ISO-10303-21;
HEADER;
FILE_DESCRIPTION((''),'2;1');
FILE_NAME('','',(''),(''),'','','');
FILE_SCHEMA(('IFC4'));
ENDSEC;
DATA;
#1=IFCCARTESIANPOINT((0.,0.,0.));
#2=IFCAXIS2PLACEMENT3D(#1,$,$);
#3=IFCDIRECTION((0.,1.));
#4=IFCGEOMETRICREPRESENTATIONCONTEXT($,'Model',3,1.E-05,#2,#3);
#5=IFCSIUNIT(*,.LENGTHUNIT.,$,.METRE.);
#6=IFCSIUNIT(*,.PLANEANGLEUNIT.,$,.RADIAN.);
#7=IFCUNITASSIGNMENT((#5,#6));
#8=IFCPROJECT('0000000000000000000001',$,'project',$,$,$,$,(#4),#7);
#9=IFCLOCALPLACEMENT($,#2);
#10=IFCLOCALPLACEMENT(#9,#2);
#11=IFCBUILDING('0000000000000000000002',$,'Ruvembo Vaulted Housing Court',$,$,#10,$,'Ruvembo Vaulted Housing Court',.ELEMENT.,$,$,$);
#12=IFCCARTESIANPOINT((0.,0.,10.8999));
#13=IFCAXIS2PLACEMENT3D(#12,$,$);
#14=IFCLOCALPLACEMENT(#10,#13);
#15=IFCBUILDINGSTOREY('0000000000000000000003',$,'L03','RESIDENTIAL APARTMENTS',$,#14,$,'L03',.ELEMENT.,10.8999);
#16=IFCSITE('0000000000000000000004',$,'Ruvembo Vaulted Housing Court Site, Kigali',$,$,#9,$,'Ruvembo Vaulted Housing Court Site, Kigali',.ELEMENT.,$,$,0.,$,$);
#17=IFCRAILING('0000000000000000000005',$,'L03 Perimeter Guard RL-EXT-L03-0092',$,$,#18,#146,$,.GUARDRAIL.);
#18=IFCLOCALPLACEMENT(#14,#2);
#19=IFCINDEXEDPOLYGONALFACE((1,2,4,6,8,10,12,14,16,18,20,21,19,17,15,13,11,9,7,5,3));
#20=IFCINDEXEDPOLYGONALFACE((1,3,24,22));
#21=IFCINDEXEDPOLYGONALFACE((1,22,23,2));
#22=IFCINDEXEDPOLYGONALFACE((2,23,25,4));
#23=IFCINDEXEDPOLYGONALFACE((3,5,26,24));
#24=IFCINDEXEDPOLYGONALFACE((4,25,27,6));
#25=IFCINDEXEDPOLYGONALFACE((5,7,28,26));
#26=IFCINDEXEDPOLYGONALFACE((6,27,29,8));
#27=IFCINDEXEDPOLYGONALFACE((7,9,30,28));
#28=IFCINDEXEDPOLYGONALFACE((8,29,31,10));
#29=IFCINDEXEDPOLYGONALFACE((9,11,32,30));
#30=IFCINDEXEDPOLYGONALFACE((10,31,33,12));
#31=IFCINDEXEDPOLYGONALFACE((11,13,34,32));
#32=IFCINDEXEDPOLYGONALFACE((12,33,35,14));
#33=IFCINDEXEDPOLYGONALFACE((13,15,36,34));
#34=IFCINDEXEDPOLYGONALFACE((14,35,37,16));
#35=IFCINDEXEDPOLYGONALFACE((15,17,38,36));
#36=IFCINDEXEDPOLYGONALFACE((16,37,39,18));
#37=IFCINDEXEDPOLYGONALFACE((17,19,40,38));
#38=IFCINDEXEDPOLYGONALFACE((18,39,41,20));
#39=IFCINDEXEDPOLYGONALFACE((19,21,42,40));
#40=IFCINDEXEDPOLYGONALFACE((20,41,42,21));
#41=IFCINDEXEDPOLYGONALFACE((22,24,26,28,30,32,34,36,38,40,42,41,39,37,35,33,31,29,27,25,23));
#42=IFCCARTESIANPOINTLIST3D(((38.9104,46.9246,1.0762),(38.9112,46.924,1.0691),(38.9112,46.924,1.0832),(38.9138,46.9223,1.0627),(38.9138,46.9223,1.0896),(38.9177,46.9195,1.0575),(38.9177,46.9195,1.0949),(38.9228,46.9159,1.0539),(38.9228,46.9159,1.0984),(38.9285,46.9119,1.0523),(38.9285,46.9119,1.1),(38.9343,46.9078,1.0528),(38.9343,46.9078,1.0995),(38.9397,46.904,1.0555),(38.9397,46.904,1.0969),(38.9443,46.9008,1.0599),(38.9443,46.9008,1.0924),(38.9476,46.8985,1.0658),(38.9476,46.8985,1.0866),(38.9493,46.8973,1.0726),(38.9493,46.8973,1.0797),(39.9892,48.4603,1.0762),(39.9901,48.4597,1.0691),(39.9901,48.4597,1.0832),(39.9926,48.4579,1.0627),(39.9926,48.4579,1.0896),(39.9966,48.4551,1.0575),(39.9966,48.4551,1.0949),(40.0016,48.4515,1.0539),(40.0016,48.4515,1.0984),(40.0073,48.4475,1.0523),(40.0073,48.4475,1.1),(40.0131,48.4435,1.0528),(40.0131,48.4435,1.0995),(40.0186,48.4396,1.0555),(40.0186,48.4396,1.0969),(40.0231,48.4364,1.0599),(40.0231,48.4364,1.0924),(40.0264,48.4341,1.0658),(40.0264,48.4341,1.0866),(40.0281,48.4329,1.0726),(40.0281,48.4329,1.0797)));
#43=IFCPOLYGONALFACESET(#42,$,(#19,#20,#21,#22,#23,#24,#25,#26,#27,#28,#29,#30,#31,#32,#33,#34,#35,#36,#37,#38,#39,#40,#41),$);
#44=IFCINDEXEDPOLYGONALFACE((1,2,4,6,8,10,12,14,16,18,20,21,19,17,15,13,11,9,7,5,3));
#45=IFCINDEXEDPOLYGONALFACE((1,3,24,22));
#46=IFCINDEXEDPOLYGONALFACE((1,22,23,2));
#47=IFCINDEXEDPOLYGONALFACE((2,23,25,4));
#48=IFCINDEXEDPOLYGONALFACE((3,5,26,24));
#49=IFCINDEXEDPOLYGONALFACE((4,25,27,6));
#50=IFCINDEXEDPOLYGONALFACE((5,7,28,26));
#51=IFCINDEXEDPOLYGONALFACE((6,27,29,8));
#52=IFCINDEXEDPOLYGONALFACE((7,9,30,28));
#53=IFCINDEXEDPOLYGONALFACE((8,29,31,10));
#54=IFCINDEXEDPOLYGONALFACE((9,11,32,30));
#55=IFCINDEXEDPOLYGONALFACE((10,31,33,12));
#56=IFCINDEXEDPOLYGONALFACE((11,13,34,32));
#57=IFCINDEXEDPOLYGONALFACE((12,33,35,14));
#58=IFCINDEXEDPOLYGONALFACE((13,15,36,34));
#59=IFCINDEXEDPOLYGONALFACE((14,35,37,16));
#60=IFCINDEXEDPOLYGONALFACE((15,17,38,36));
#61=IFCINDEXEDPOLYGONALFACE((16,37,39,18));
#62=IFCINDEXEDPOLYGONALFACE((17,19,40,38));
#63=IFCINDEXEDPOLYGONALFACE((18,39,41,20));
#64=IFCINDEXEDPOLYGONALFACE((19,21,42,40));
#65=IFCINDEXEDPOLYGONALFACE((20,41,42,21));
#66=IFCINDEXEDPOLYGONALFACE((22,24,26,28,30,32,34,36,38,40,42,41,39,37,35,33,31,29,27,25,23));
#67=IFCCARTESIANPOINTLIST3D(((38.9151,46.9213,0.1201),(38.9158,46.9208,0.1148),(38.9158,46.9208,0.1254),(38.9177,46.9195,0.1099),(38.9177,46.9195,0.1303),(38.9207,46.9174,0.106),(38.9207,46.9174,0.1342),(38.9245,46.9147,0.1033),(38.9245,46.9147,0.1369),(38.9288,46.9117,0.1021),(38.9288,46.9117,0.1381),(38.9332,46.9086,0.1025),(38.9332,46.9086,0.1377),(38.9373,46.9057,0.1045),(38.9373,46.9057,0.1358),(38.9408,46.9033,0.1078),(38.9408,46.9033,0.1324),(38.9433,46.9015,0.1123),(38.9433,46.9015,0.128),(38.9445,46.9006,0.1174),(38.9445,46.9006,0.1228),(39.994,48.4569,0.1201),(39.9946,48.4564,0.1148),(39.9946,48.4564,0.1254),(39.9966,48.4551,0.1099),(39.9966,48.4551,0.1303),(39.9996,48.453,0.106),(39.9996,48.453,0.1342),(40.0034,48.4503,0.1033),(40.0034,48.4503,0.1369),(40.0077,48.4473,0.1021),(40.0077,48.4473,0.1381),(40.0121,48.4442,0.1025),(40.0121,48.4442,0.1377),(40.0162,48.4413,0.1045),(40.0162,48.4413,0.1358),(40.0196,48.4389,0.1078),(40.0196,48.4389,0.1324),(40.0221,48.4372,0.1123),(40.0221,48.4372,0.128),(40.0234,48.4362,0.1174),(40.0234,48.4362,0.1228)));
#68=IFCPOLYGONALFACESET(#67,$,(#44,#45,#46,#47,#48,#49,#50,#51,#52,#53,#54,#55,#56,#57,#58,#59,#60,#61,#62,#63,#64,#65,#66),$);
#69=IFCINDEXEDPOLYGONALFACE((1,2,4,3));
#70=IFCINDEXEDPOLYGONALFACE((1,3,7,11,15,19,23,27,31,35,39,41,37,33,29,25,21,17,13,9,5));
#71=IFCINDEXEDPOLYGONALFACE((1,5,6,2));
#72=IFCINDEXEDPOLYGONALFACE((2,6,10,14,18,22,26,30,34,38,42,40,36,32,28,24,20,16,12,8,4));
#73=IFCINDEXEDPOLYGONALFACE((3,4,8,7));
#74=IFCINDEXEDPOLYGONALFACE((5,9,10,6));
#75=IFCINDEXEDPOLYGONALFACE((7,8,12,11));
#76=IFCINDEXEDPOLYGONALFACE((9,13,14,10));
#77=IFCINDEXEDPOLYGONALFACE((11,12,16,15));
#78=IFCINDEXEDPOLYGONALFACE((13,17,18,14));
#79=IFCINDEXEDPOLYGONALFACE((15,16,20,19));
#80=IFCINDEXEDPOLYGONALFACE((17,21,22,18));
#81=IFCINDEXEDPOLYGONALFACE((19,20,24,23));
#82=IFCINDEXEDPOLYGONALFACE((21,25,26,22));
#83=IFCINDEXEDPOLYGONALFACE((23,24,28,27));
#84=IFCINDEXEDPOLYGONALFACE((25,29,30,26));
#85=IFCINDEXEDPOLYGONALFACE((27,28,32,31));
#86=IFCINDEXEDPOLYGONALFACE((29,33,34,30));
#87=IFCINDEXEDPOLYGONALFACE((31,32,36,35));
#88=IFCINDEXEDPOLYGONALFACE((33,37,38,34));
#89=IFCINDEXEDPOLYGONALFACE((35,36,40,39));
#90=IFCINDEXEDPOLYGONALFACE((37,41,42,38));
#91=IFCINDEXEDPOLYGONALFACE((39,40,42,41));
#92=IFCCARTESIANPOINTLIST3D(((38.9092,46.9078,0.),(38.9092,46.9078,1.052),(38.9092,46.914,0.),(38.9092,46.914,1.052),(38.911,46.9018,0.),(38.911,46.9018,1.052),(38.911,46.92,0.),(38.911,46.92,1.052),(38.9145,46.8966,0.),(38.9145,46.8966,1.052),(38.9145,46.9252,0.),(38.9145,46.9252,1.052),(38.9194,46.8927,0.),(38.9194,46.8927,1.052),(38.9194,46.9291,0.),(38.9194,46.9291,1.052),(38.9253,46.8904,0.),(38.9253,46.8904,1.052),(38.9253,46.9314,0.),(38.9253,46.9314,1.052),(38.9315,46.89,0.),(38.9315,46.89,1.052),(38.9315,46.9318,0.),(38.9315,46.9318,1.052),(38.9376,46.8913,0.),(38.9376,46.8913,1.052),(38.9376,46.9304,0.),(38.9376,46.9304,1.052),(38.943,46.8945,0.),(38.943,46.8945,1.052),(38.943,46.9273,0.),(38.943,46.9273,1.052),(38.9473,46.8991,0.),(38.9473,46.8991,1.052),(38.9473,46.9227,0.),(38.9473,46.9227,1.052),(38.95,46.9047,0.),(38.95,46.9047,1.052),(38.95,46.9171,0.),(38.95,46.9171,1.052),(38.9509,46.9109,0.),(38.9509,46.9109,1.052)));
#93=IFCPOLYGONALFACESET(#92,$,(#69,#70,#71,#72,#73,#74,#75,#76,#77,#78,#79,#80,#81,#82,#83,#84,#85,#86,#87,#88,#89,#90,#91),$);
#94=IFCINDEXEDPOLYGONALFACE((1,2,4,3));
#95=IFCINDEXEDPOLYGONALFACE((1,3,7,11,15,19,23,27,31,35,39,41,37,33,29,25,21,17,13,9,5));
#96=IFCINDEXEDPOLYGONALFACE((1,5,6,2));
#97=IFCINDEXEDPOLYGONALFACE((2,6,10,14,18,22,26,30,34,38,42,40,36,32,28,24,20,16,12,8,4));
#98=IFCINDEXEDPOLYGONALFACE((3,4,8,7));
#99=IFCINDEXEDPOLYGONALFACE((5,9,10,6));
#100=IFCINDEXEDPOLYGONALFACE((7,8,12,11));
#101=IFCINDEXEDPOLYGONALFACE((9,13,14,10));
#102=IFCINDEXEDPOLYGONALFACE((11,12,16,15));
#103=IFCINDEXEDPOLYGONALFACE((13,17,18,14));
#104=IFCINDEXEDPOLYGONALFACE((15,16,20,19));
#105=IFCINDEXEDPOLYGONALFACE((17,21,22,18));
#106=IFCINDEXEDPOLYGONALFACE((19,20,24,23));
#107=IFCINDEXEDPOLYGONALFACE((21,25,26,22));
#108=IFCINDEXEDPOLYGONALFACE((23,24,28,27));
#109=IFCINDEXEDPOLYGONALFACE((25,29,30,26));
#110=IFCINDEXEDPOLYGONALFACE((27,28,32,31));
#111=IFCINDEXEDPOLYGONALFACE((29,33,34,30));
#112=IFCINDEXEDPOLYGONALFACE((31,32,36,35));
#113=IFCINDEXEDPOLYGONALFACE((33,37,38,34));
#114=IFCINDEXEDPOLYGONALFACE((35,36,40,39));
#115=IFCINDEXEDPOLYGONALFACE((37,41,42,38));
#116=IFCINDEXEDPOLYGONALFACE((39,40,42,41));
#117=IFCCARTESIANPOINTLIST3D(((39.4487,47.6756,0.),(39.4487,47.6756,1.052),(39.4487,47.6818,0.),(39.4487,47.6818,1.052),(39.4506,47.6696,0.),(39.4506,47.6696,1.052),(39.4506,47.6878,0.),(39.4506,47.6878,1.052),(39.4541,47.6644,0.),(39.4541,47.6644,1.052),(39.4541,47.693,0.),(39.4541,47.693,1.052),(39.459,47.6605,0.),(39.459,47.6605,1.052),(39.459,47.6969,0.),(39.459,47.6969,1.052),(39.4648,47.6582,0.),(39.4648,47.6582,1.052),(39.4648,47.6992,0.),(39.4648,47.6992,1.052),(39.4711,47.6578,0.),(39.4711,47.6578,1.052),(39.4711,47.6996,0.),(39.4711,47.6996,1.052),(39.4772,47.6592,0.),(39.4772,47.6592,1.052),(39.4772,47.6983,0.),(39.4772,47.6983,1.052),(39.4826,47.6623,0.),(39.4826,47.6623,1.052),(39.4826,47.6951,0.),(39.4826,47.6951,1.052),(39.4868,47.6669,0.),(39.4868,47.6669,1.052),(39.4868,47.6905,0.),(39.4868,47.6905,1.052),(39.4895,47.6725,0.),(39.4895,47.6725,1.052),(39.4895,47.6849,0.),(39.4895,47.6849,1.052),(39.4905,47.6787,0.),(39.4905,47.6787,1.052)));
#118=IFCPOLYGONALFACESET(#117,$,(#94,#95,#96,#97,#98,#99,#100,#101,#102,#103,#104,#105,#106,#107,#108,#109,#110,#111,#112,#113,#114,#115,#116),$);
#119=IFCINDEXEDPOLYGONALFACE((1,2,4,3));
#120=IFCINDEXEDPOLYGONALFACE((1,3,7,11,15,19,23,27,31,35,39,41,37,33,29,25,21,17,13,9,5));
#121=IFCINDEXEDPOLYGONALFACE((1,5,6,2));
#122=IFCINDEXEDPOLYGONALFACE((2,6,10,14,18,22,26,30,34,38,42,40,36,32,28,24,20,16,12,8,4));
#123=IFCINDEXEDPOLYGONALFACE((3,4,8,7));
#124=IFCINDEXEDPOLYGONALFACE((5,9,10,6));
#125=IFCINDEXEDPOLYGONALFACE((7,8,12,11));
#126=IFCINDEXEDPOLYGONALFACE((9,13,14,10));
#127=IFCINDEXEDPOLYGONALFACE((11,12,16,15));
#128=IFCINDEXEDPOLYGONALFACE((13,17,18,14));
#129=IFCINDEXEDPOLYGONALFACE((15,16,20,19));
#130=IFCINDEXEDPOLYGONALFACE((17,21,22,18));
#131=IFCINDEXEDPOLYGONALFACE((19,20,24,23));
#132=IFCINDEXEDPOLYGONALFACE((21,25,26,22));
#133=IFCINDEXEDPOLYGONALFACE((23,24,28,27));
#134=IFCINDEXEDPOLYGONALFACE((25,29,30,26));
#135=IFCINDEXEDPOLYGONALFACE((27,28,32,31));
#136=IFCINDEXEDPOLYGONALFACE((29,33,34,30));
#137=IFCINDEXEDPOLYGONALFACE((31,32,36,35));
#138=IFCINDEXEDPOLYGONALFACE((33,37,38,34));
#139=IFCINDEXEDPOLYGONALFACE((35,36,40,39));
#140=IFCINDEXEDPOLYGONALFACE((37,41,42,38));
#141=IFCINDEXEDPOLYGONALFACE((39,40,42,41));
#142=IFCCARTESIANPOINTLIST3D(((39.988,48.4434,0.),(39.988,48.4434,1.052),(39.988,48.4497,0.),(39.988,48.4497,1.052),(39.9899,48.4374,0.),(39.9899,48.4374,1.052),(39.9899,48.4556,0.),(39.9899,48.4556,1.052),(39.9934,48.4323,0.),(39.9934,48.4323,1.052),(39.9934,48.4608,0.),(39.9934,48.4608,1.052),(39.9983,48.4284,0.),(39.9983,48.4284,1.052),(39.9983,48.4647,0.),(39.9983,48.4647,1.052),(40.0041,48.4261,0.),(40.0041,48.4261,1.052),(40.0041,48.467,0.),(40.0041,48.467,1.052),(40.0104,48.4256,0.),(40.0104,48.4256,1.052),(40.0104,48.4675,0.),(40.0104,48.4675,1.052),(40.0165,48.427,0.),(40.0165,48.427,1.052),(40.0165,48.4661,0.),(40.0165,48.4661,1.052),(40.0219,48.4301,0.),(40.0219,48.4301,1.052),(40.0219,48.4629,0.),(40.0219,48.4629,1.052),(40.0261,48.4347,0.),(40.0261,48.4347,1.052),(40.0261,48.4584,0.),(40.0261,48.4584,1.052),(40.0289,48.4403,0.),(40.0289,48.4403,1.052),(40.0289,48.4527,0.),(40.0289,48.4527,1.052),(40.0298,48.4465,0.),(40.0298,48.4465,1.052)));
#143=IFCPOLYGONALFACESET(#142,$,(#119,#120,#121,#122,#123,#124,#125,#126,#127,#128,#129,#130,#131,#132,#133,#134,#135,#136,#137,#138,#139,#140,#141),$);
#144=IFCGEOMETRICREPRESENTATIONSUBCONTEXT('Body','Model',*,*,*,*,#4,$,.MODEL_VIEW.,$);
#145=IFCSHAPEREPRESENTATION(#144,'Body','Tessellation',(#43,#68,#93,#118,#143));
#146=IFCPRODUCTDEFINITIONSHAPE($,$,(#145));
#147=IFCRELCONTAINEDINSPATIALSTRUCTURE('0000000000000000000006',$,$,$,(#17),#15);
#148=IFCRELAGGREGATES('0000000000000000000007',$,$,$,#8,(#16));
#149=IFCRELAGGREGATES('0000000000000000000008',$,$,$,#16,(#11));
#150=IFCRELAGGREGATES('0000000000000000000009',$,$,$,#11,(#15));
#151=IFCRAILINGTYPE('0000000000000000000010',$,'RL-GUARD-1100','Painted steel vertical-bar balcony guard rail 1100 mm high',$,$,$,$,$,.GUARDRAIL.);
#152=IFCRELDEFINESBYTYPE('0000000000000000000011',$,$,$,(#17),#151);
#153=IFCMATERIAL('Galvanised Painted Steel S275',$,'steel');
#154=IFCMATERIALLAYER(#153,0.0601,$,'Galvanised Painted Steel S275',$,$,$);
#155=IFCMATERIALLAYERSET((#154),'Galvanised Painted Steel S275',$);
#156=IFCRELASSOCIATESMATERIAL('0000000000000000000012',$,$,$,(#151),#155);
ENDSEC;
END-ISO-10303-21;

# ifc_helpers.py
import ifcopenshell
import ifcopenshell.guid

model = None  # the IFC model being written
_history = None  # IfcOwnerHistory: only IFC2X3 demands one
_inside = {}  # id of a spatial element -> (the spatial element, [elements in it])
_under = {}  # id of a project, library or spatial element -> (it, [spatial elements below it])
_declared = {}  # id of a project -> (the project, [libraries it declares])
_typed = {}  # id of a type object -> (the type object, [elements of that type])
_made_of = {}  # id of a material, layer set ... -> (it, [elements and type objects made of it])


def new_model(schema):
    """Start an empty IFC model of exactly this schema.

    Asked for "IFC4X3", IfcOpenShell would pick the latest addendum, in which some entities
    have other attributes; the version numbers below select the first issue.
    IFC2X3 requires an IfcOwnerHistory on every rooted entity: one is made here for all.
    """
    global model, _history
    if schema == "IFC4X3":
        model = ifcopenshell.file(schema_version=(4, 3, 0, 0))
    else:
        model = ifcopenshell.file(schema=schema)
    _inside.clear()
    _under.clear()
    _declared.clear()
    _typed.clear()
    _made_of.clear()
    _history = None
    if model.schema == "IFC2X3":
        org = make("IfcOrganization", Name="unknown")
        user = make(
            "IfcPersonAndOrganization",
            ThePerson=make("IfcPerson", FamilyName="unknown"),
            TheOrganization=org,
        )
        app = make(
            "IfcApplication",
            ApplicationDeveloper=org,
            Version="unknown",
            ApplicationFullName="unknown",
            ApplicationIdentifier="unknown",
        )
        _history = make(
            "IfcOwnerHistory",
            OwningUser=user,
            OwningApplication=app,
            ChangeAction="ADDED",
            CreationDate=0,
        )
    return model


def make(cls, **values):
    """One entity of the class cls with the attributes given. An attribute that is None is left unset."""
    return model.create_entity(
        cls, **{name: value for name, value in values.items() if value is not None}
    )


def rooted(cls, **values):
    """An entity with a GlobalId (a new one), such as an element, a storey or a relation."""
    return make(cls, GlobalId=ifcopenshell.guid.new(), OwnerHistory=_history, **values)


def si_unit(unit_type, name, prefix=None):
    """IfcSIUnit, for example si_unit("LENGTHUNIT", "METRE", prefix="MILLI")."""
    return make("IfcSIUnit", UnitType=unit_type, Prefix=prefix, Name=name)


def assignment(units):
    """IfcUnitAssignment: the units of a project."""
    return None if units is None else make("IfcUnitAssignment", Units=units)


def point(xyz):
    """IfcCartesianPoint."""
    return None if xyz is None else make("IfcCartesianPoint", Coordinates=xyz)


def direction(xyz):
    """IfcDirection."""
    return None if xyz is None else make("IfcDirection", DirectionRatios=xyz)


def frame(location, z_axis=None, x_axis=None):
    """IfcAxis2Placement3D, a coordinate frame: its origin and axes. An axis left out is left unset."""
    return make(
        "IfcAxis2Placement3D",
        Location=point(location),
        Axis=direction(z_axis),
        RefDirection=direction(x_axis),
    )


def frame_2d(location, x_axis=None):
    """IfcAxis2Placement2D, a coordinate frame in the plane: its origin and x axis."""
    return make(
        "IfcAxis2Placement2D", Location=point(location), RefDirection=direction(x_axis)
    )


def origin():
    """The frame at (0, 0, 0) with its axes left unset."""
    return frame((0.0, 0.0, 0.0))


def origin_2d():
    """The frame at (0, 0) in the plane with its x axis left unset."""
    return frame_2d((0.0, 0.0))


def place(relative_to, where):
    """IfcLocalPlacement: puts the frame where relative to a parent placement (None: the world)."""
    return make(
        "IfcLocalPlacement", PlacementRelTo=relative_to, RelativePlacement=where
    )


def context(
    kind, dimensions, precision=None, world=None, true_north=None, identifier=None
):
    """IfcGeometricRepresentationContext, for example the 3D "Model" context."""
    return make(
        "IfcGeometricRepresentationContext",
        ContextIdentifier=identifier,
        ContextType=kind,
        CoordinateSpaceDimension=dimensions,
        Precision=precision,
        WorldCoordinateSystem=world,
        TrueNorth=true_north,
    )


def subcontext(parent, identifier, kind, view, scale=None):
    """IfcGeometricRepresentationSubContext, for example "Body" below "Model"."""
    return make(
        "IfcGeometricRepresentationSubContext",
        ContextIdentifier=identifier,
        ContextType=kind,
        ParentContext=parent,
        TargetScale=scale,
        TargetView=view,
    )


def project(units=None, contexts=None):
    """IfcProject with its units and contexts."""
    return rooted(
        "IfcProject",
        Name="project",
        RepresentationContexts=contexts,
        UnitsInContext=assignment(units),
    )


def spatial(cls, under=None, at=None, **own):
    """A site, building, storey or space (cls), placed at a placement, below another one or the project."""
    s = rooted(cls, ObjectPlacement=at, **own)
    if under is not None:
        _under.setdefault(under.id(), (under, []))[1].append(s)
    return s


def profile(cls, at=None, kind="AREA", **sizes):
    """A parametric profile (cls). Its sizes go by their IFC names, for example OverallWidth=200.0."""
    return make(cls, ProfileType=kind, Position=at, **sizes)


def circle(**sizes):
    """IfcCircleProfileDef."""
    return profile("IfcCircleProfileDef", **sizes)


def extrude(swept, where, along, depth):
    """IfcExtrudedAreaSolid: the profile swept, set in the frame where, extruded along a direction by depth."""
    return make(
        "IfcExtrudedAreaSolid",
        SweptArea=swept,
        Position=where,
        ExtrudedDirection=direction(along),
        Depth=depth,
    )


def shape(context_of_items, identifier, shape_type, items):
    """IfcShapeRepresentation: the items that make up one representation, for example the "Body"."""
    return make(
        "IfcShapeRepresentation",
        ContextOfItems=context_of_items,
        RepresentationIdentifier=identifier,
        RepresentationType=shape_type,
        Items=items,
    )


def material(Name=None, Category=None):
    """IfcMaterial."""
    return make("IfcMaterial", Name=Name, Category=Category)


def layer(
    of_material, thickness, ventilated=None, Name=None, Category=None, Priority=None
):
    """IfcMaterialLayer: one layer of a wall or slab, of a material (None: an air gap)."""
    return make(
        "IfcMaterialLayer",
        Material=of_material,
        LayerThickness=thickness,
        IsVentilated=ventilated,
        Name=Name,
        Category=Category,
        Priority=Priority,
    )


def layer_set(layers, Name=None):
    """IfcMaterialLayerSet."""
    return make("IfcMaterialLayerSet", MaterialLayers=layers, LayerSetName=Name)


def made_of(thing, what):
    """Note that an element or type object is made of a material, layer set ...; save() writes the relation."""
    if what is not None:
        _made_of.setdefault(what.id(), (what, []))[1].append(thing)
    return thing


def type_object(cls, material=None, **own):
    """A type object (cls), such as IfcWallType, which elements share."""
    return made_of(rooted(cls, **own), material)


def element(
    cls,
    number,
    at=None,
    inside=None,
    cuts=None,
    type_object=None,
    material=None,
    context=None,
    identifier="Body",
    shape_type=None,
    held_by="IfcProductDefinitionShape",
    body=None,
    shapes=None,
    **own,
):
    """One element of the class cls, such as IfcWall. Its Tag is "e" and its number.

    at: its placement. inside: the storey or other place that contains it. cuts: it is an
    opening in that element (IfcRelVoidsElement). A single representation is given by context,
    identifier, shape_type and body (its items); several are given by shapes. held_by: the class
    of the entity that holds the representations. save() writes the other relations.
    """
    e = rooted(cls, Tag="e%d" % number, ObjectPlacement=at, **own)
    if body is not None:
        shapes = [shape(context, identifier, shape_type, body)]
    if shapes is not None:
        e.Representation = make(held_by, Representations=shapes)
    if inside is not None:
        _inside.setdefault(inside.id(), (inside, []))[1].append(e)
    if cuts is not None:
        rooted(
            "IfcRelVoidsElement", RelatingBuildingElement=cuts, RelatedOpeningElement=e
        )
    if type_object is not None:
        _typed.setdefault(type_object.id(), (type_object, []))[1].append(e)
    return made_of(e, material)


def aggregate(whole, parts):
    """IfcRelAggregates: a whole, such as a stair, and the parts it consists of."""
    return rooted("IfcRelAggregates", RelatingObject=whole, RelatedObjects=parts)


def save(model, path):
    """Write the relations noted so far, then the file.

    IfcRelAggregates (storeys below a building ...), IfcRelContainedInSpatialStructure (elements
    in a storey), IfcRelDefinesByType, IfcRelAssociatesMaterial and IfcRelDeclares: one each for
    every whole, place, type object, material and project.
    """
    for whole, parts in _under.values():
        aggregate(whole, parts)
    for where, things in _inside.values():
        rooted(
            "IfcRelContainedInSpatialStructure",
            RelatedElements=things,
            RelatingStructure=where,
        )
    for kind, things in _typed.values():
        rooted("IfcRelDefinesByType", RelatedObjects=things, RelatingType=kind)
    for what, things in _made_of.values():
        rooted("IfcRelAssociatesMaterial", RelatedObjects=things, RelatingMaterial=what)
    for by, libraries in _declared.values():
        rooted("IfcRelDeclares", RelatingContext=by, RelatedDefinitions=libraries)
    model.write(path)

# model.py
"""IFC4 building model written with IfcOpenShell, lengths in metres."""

from ifc_helpers import new_model, si_unit, direction, frame, origin, origin_2d, place, context, subcontext, project, spatial, circle, extrude, material, layer, layer_set, type_object, element, save


model = new_model("IFC4")

# Units and contexts
model_context = context("Model", 3, precision=1e-05, world=origin(), true_north=direction((0.0, 1.0)))
body_context = subcontext(model_context, "Body", "Model", "MODEL_VIEW")
ifc_project = project(units=[si_unit("LENGTHUNIT", "METRE"), si_unit("PLANEANGLEUNIT", "RADIAN")], contexts=[model_context])

# Site, building, storey
site_placement = place(None, origin())
site = spatial("IfcSite", under=ifc_project, at=site_placement, Name="Ruvembo Vaulted Housing Court Site, Kigali", LongName="Ruvembo Vaulted Housing Court Site, Kigali", CompositionType="ELEMENT", RefElevation=0.0)
building_placement = place(site_placement, origin())
building = spatial("IfcBuilding", under=site, at=building_placement, Name="Ruvembo Vaulted Housing Court", LongName="Ruvembo Vaulted Housing Court", CompositionType="ELEMENT")
storey_placement = place(building_placement, frame((0.0, 0.0, 10.8999)))
storey = spatial("IfcBuildingStorey", under=building, at=storey_placement, Name="L03", Description="RESIDENTIAL APARTMENTS", LongName="L03", CompositionType="ELEMENT", Elevation=10.8999)

# Railing
ifc_material_1 = material(Name="Galvanised Painted Steel S275", Category="steel")
ifc_layer = layer(ifc_material_1, 0.0601, Name="Galvanised Painted Steel S275")
ifc_layer_set = layer_set([ifc_layer], Name="Galvanised Painted Steel S275")
railing_type = type_object("IfcRailingType", Name="RL-GUARD-1100", Description="Painted steel vertical-bar balcony guard rail 1100 mm high", PredefinedType="GUARDRAIL", material=ifc_layer_set)
railing_1_placement = place(storey_placement, frame((38.9299, 46.9109, 0.0)))
element("IfcRailing", 1, at=railing_1_placement, inside=storey, type_object=railing_type, Name="L03 Perimeter Guard RL-EXT-L03-0092", PredefinedType="GUARDRAIL", context=body_context, shape_type="SweptSolid", body=[
    extrude(circle(Radius=0.0239, at=origin_2d()), frame((0.0, 0.0, 1.0762), z_axis=(0.574858, 0.818253, 0.0), x_axis=(-0.818253, 0.574858, 0.0)), (0.0, 0.0, 1.0), 1.8767),
    extrude(circle(Radius=0.0181, at=origin_2d()), frame((0.0, 0.0, 0.1201), z_axis=(0.574858, 0.818253, 0.0), x_axis=(-0.818253, 0.574858, 0.0)), (0.0, 0.0, 1.0), 1.8767),
    extrude(circle(Radius=0.021, at=origin_2d()), origin(), (0.0, 0.0, 1.0), 1.052),
    extrude(circle(Radius=0.021, at=origin_2d()), frame((0.5396, 0.7678, 0.0)), (0.0, 0.0, 1.0), 1.052),
    extrude(circle(Radius=0.021, at=origin_2d()), frame((1.0789, 1.5356, 0.0)), (0.0, 0.0, 1.0), 1.052),
])

save(model, "model.ifc")
